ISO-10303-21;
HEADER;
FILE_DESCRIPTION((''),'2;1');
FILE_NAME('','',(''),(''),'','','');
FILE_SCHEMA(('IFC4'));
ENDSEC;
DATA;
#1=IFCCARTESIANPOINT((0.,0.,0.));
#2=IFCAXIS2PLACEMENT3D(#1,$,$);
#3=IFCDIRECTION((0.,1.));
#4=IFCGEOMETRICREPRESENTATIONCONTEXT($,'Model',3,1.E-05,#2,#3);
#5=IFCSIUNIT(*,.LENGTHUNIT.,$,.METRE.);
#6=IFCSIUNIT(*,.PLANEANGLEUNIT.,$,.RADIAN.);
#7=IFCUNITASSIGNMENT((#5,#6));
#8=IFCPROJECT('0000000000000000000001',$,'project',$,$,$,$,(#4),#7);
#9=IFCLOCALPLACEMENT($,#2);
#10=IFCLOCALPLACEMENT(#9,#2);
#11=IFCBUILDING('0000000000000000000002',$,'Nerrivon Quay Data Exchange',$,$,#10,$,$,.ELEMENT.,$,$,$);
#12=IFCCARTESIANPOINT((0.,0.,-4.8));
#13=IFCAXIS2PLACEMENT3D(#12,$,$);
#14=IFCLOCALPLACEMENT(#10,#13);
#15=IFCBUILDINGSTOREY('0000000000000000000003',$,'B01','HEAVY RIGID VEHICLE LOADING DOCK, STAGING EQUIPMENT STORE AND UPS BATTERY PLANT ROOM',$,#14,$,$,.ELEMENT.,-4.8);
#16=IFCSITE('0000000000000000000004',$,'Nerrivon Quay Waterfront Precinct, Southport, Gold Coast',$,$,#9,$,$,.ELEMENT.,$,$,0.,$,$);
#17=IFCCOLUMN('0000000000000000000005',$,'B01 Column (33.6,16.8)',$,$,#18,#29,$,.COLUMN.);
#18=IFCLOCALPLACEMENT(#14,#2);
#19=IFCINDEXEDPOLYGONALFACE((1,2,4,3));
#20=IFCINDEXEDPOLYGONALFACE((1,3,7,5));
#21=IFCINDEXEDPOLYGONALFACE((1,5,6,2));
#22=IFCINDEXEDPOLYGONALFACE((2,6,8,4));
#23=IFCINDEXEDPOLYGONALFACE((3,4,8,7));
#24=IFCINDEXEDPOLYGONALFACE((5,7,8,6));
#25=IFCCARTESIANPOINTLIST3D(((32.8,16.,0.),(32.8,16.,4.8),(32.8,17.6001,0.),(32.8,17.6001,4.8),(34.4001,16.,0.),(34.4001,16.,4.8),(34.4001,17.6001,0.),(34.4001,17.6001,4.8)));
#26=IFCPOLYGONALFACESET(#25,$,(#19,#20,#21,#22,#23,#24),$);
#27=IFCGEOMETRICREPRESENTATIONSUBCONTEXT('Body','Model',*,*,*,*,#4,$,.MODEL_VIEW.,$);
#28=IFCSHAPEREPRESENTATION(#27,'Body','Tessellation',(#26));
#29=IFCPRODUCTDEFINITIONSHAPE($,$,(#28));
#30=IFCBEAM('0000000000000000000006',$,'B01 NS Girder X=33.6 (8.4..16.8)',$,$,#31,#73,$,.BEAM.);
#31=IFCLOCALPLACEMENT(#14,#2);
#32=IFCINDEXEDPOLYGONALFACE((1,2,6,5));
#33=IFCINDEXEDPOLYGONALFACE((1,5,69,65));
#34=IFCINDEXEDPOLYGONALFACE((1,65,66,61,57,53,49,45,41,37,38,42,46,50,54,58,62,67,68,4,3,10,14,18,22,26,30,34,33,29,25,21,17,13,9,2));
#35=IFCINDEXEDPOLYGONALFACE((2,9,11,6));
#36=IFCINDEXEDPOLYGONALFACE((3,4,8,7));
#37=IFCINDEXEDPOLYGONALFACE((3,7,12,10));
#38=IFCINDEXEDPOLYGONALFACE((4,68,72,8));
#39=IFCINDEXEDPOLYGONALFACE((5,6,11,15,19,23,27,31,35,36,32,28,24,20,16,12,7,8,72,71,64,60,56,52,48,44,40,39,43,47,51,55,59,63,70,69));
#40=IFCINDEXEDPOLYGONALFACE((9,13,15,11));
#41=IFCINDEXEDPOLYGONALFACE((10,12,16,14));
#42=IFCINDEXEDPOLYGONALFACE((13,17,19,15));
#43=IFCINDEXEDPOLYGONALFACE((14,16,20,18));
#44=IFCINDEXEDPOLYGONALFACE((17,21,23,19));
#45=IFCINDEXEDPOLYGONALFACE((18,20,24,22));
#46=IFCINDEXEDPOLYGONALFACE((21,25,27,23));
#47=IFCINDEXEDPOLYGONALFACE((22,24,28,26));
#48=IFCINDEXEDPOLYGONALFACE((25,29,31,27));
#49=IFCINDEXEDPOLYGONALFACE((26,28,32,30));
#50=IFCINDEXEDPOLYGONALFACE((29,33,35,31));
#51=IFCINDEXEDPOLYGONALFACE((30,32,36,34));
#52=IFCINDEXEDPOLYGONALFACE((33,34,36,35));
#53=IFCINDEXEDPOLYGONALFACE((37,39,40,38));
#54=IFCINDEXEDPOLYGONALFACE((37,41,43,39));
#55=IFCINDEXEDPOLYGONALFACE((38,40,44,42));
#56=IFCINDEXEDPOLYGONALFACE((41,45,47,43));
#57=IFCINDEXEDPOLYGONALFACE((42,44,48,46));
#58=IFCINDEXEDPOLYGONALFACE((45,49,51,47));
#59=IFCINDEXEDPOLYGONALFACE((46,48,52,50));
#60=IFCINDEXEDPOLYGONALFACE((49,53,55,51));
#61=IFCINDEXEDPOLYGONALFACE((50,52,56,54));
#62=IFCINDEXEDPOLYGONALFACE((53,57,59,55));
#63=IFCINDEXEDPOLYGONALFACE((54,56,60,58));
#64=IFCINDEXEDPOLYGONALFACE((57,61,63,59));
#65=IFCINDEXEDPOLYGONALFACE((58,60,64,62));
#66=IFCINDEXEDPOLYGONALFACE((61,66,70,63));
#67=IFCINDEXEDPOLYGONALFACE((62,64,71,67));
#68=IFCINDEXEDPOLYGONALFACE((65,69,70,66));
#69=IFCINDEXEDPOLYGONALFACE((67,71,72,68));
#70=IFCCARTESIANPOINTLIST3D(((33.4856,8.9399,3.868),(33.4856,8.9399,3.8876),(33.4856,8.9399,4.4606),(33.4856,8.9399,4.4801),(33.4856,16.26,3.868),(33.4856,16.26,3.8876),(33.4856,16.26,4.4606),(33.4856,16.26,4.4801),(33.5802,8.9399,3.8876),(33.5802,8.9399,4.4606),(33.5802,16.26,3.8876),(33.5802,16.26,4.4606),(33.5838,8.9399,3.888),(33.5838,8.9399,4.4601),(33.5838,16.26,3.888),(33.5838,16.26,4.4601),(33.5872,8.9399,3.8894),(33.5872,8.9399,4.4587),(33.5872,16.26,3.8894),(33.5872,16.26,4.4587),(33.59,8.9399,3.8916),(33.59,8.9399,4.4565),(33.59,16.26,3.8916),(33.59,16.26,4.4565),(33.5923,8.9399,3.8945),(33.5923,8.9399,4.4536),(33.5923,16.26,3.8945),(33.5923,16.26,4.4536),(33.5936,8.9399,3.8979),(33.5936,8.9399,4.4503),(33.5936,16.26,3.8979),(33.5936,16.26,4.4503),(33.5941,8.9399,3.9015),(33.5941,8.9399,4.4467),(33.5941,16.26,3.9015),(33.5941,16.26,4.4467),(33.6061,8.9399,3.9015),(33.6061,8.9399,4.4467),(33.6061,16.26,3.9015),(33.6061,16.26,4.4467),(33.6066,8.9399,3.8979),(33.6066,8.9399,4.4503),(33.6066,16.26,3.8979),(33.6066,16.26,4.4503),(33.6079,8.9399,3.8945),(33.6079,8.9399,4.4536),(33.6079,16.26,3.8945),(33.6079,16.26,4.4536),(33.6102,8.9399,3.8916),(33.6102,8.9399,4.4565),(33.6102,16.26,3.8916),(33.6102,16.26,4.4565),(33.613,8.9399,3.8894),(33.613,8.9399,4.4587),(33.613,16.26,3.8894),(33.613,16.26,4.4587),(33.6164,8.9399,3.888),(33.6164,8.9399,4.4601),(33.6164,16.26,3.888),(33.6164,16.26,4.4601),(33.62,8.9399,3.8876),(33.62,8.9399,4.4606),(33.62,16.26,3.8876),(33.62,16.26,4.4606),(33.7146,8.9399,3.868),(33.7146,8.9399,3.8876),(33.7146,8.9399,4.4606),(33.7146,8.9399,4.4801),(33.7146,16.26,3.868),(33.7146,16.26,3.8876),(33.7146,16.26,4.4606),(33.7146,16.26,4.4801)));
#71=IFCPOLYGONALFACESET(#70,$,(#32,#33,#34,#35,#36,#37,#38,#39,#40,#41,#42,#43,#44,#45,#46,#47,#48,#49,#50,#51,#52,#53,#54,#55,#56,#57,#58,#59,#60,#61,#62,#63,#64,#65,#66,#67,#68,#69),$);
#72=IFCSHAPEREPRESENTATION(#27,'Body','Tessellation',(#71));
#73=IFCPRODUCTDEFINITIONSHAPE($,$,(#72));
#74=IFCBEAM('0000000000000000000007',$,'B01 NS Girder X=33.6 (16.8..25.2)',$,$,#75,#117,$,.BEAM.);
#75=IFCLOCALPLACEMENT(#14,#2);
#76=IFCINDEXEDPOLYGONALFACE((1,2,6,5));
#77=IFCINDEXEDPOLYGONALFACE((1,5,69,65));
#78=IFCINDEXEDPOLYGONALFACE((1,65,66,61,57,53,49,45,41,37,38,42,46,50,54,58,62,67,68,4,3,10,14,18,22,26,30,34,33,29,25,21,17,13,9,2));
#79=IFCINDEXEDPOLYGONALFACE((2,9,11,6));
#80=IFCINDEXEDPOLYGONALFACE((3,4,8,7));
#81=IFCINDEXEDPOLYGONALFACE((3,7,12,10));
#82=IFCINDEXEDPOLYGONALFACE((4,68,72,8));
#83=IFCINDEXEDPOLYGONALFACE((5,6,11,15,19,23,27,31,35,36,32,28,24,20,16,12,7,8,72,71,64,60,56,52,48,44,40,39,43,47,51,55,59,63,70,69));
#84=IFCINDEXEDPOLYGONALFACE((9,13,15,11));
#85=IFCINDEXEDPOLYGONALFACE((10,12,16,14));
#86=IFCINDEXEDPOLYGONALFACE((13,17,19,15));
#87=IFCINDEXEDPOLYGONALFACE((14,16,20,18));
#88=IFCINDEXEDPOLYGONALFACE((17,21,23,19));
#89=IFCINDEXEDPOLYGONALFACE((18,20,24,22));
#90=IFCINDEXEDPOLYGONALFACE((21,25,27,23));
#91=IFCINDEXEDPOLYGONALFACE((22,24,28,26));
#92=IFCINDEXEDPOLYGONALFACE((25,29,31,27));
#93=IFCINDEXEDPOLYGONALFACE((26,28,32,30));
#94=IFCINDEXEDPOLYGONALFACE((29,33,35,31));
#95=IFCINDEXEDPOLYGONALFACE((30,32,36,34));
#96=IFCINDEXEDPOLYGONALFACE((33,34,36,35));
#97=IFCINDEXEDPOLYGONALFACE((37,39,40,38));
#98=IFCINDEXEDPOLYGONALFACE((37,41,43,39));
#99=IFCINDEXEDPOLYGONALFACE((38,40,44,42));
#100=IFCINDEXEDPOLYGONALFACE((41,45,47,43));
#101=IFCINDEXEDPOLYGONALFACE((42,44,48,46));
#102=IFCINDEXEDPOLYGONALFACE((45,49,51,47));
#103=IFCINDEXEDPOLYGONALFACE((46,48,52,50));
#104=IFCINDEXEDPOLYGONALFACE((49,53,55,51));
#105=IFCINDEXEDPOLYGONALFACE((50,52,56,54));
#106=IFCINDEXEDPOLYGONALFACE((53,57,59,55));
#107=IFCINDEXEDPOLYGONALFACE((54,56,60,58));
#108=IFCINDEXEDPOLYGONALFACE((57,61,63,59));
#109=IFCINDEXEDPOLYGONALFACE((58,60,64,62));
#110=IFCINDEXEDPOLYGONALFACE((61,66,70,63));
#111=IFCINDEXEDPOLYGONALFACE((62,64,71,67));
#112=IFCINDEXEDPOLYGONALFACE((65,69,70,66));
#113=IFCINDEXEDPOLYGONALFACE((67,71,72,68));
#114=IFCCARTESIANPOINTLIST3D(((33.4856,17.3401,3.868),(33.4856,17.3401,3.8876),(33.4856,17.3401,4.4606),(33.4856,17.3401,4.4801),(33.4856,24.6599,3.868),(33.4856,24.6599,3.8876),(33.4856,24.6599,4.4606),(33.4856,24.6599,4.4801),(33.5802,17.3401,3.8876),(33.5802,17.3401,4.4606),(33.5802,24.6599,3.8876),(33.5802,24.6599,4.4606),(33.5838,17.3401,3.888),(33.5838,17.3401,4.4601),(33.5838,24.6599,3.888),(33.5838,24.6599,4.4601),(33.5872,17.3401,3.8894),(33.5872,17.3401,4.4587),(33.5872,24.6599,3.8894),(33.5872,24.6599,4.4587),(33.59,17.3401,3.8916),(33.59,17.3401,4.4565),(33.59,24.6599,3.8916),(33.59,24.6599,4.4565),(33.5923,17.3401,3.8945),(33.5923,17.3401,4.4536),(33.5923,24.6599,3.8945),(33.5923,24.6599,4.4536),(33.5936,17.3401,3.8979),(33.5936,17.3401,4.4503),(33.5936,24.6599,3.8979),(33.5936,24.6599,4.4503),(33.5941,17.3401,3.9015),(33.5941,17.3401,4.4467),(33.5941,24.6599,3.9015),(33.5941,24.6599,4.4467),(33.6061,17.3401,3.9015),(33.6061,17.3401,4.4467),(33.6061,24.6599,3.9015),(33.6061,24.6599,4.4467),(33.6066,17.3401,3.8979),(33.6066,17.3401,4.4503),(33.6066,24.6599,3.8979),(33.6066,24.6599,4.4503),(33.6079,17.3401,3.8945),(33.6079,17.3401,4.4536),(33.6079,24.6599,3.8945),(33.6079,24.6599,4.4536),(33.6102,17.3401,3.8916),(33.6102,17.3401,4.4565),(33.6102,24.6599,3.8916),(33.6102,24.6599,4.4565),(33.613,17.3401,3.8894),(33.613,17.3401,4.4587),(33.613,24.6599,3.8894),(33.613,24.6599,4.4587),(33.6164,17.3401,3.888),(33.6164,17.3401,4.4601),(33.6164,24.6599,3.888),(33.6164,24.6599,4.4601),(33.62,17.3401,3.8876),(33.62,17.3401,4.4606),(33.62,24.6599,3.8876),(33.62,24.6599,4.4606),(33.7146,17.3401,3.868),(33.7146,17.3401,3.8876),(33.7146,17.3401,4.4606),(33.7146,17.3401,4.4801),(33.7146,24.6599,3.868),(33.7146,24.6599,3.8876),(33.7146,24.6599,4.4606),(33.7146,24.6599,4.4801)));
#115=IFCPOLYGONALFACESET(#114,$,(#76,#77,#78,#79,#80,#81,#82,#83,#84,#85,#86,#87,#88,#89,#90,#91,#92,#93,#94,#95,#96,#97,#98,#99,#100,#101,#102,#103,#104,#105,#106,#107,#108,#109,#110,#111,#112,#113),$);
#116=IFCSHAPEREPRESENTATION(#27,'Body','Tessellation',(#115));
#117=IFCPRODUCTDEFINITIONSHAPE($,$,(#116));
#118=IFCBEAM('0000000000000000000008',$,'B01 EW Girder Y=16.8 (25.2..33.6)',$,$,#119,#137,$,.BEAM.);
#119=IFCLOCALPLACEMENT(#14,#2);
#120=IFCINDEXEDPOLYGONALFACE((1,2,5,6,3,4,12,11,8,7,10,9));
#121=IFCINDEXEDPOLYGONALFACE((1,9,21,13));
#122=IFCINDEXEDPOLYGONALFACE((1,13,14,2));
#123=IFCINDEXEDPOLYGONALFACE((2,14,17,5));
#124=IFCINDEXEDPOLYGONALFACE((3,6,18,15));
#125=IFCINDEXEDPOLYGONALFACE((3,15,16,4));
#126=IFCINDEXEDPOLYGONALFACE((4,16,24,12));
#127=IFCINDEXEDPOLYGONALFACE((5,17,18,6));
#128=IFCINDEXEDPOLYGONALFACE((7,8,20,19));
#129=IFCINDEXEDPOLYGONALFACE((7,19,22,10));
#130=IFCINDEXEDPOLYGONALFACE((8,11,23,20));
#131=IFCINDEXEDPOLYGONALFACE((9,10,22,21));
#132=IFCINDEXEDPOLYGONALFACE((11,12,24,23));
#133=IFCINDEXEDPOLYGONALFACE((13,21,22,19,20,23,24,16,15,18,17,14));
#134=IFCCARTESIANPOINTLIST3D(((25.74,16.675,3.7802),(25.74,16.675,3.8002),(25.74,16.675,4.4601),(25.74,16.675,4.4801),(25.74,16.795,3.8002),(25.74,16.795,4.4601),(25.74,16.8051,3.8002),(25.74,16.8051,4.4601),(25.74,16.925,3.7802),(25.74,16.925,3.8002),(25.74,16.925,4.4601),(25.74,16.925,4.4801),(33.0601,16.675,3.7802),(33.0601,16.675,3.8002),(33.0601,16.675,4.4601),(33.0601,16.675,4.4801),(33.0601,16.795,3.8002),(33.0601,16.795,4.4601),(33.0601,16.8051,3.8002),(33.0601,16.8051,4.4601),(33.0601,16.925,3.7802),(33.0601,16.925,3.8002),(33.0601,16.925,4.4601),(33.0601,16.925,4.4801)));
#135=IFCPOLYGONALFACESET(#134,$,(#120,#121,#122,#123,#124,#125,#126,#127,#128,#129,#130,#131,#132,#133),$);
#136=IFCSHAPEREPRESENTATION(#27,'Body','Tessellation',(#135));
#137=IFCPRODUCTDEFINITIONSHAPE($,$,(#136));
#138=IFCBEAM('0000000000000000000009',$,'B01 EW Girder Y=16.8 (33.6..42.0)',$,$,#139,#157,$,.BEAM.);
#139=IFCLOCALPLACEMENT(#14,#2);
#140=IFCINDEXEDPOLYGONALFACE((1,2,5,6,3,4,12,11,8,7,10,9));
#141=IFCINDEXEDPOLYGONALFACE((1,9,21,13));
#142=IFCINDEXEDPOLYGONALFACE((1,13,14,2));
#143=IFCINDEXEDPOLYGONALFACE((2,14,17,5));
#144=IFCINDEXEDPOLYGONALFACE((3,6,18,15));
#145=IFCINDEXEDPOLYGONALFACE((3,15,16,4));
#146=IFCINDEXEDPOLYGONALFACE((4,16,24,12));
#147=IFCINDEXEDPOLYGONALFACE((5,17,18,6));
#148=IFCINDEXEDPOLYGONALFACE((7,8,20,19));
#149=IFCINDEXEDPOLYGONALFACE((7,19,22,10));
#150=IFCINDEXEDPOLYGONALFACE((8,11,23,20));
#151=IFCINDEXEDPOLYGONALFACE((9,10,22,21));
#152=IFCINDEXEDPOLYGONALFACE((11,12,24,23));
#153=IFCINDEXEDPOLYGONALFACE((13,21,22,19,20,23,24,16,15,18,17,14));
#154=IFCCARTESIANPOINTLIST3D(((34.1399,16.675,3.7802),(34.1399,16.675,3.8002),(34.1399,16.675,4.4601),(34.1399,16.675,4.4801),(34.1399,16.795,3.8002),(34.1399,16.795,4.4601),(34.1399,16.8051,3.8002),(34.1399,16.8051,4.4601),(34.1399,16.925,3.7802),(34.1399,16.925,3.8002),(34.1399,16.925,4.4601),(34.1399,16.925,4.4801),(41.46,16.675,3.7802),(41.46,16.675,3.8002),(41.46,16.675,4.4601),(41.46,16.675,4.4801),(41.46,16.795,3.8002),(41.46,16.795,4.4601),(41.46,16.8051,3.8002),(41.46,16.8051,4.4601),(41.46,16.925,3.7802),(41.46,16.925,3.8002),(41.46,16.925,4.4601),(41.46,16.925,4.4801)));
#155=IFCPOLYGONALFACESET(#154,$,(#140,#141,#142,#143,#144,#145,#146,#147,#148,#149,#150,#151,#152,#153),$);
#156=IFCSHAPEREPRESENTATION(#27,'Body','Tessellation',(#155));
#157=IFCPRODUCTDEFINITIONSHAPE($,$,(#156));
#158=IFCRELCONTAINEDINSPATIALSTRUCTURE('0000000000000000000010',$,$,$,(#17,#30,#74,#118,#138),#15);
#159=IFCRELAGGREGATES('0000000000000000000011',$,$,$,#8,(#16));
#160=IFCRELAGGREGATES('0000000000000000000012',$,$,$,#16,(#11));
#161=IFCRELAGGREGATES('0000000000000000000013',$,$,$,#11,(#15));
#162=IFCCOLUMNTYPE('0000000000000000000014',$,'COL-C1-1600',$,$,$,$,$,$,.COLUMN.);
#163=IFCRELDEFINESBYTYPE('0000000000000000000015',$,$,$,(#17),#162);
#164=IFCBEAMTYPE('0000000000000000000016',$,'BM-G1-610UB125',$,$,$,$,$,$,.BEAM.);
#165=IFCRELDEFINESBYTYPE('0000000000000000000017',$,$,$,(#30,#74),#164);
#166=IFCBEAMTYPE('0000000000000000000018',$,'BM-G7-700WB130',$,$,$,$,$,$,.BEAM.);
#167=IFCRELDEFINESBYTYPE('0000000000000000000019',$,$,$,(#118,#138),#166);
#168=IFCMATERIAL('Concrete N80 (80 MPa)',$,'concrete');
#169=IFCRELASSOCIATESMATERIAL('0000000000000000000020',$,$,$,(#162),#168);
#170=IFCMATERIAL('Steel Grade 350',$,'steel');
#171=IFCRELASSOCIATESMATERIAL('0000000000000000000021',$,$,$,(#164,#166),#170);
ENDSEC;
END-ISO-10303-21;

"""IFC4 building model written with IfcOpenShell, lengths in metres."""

from ifc_helpers import new_model, si_unit, direction, frame, origin, origin_2d, place, context, subcontext, project, spatial, rectangle, i_section, extrude, material, material_profile, profile_set, type_object, element, save


model = new_model("IFC4")

# Units and contexts
model_context = context("Model", 3, precision=1e-05, world=origin(), true_north=direction((0.0, 1.0)))
body_context = subcontext(model_context, "Body", "Model", "MODEL_VIEW")
ifc_project = project(units=[si_unit("LENGTHUNIT", "METRE"), si_unit("PLANEANGLEUNIT", "RADIAN")], contexts=[model_context])

# Site, building, storey
site_placement = place(None, origin())
site = spatial("IfcSite", under=ifc_project, at=site_placement, Name="Nerrivon Quay Waterfront Precinct, Southport, Gold Coast", CompositionType="ELEMENT", RefElevation=0.0)
building_placement = place(site_placement, origin())
building = spatial("IfcBuilding", under=site, at=building_placement, Name="Nerrivon Quay Data Exchange", CompositionType="ELEMENT")
storey_placement = place(building_placement, frame((0.0, 0.0, -4.8)))
storey = spatial("IfcBuildingStorey", under=building, at=storey_placement, Name="B01", Description="HEAVY RIGID VEHICLE LOADING DOCK, STAGING EQUIPMENT STORE AND UPS BATTERY PLANT ROOM", CompositionType="ELEMENT", Elevation=-4.8)

# Column
ifc_material_1 = material(Name="Concrete N80 (80 MPa)", Category="concrete")
ifc_material_profile_1 = material_profile(ifc_material_1, rectangle(XDim=1.6001, YDim=1.6001, at=origin_2d()), Name="RC-COL-1600x1600")
ifc_profile_set_1 = profile_set([ifc_material_profile_1], Name="Concrete N80 (80 MPa)")
column_type = type_object("IfcColumnType", Name="COL-C1-1600", PredefinedType="COLUMN", material=ifc_profile_set_1)
column_placement = place(storey_placement, frame((33.6001, 16.8, 0.0), z_axis=(0.0, 0.0, 1.0), x_axis=(1.0, 0.0, 0.0)))
element("IfcColumn", 1, at=column_placement, inside=storey, type_object=column_type, Name="B01 Column (33.6,16.8)", PredefinedType="COLUMN", context=body_context, shape_type="SweptSolid", body=[
    extrude(rectangle(XDim=1.6001, YDim=1.6001, at=origin_2d()), origin(), (0.0, 0.0, 1.0), 4.8),
])

# Beams
ifc_material_2 = material(Name="Steel Grade 350", Category="steel")
ifc_material_profile_2 = material_profile(ifc_material_2, i_section(OverallWidth=0.229, OverallDepth=0.6121, WebThickness=0.012, FlangeThickness=0.0195, FilletRadius=0.0139, at=origin_2d()), Name="610UB125")
ifc_profile_set_2 = profile_set([ifc_material_profile_2], Name="Steel Grade 350")
beam_type_1 = type_object("IfcBeamType", Name="BM-G1-610UB125", PredefinedType="BEAM", material=ifc_profile_set_2)
beam_1_placement = place(storey_placement, frame((33.6001, 8.9399, 4.1741), z_axis=(0.0, 1.0, 0.0), x_axis=(-1.0, 0.0, 0.0)))
element("IfcBeam", 2, at=beam_1_placement, inside=storey, type_object=beam_type_1, Name="B01 NS Girder X=33.6 (8.4..16.8)", PredefinedType="BEAM", context=body_context, shape_type="SweptSolid", body=[
    extrude(i_section(OverallWidth=0.229, OverallDepth=0.6121, WebThickness=0.012, FlangeThickness=0.0195, FilletRadius=0.0139, at=origin_2d()), origin(), (0.0, 0.0, 1.0), 7.3201),
])
beam_2_placement = place(storey_placement, frame((33.6001, 17.3401, 4.1741), z_axis=(0.0, 1.0, 0.0), x_axis=(-1.0, 0.0, 0.0)))
element("IfcBeam", 3, at=beam_2_placement, inside=storey, type_object=beam_type_1, Name="B01 NS Girder X=33.6 (16.8..25.2)", PredefinedType="BEAM", context=body_context, shape_type="SweptSolid", body=[
    extrude(i_section(OverallWidth=0.229, OverallDepth=0.6121, WebThickness=0.012, FlangeThickness=0.0195, FilletRadius=0.0139, at=origin_2d()), origin(), (0.0, 0.0, 1.0), 7.3198),
])
ifc_material_profile_3 = material_profile(ifc_material_2, i_section(OverallWidth=0.25, OverallDepth=0.7, WebThickness=0.01, FlangeThickness=0.02, at=origin_2d()), Name="700WB130")
ifc_profile_set_3 = profile_set([ifc_material_profile_3], Name="Steel Grade 350")
beam_type_2 = type_object("IfcBeamType", Name="BM-G7-700WB130", PredefinedType="BEAM", material=ifc_profile_set_3)
for number, where, z_axis, x_axis, name in (
    (4, (25.74, 16.8, 4.1301), (1.0, 0.0, 0.0), (0.0, 1.0, 0.0), "B01 EW Girder Y=16.8 (25.2..33.6)"),
    (5, (34.1399, 16.8, 4.1301), (1.0, 0.0, 0.0), (0.0, 1.0, 0.0), "B01 EW Girder Y=16.8 (33.6..42.0)"),
):
    element("IfcBeam", number, at=place(storey_placement, frame(where, z_axis=z_axis, x_axis=x_axis)), inside=storey, type_object=beam_type_2, Name=name, PredefinedType="BEAM", context=body_context, shape_type="SweptSolid", body=[
        extrude(i_section(OverallWidth=0.25, OverallDepth=0.7, WebThickness=0.01, FlangeThickness=0.02, at=origin_2d()), origin(), (0.0, 0.0, 1.0), 7.3201),
    ])

save(model, "model.ifc")
